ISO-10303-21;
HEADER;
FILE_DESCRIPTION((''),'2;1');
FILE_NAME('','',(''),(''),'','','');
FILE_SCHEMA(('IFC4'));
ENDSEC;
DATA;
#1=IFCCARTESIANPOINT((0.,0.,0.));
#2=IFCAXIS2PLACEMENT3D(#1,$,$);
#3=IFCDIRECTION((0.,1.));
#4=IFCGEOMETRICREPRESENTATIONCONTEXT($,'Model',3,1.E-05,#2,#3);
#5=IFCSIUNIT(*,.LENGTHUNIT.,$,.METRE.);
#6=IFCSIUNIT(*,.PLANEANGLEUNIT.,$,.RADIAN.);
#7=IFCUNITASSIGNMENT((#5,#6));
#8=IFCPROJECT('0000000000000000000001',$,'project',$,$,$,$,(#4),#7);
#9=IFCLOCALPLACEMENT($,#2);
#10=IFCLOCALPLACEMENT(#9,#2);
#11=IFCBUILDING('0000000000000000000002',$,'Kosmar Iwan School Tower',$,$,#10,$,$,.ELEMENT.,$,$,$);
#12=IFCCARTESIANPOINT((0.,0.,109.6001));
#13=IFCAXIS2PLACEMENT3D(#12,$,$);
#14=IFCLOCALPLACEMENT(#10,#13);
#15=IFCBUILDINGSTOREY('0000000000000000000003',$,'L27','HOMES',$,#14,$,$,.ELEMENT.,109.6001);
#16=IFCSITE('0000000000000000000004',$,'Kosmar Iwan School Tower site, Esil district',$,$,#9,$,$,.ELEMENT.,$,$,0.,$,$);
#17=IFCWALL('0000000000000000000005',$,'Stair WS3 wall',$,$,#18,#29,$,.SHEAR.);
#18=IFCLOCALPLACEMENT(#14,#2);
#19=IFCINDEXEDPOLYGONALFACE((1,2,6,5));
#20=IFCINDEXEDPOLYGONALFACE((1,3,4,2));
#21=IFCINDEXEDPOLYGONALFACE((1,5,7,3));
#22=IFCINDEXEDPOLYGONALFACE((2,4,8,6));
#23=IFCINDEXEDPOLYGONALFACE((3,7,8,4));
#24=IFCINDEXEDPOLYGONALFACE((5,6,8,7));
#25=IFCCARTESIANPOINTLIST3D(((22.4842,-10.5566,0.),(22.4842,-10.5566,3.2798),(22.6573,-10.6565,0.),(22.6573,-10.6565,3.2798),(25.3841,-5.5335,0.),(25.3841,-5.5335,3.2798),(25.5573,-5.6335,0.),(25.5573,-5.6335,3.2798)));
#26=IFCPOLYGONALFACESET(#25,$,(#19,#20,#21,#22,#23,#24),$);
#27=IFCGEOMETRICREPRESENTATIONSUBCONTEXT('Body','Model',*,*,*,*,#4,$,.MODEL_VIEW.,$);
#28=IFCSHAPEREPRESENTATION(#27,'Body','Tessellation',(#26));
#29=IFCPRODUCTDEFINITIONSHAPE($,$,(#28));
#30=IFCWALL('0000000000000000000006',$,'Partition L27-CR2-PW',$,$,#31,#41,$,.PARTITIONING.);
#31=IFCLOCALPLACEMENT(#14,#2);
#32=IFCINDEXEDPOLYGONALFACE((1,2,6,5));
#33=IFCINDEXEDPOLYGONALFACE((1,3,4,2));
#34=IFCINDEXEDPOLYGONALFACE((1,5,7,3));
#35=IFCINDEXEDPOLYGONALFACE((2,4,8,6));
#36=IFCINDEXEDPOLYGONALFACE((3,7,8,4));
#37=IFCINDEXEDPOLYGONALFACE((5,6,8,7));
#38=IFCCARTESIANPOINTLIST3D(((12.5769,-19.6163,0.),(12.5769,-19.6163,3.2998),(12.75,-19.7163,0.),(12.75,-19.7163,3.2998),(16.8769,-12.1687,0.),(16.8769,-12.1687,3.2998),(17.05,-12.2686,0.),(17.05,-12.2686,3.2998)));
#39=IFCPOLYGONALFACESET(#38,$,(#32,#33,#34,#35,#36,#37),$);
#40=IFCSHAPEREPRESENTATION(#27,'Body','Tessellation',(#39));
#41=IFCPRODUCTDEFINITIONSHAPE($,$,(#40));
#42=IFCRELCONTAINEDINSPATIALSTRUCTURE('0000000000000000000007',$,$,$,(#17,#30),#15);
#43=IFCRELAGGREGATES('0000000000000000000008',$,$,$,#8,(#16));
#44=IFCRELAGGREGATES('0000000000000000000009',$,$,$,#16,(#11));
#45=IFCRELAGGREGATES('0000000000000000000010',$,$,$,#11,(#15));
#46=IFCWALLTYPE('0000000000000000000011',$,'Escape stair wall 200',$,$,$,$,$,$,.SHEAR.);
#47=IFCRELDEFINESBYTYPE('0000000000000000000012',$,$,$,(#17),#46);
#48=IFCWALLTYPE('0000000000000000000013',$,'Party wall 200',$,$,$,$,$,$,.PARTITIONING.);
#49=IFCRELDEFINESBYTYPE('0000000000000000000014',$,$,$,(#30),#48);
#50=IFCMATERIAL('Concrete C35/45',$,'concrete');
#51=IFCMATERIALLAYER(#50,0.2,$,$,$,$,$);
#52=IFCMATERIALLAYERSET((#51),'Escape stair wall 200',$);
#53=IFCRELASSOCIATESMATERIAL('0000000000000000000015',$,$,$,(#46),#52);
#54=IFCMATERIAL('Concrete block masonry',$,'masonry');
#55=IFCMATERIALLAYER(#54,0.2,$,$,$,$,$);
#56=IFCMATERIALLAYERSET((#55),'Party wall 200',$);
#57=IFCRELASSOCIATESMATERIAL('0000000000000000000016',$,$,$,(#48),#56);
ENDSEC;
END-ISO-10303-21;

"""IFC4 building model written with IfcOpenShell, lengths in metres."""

from ifc_helpers import new_model, si_unit, direction, frame, frame_2d, origin, place, context, subcontext, project, spatial, rectangle, extrude, material, layer, layer_set, type_object, element, save


model = new_model("IFC4")

# Units and contexts
model_context = context("Model", 3, precision=1e-05, world=origin(), true_north=direction((0.0, 1.0)))
body_context = subcontext(model_context, "Body", "Model", "MODEL_VIEW")
ifc_project = project(units=[si_unit("LENGTHUNIT", "METRE"), si_unit("PLANEANGLEUNIT", "RADIAN")], contexts=[model_context])

# Site, building, storey
site_placement = place(None, origin())
site = spatial("IfcSite", under=ifc_project, at=site_placement, Name="Kosmar Iwan School Tower site, Esil district", CompositionType="ELEMENT", RefElevation=0.0)
building_placement = place(site_placement, origin())
building = spatial("IfcBuilding", under=site, at=building_placement, Name="Kosmar Iwan School Tower", CompositionType="ELEMENT")
storey_placement = place(building_placement, frame((0.0, 0.0, 109.6001)))
storey = spatial("IfcBuildingStorey", under=building, at=storey_placement, Name="L27", Description="HOMES", CompositionType="ELEMENT", Elevation=109.6001)

# Walls
ifc_material_1 = material(Name="Concrete C35/45", Category="concrete")
ifc_layer_1 = layer(ifc_material_1, 0.2)
ifc_layer_set_1 = layer_set([ifc_layer_1], Name="Escape stair wall 200")
wall_type_1 = type_object("IfcWallType", Name="Escape stair wall 200", PredefinedType="SHEAR", material=ifc_layer_set_1)
wall_1_placement = place(storey_placement, frame((22.5708, -10.6064, 0.0), z_axis=(0.0, 0.0, 1.0), x_axis=(0.499987, 0.866033, 0.0)))
element("IfcWall", 1, at=wall_1_placement, inside=storey, type_object=wall_type_1, Name="Stair WS3 wall", PredefinedType="SHEAR", context=body_context, shape_type="SweptSolid", body=[
    extrude(rectangle(XDim=5.8, YDim=0.2, at=frame_2d((2.8999, 0.0))), origin(), (0.0, 0.0, 1.0), 3.2798),
])
ifc_material_2 = material(Name="Concrete block masonry", Category="masonry")
ifc_layer_2 = layer(ifc_material_2, 0.2)
ifc_layer_set_2 = layer_set([ifc_layer_2], Name="Party wall 200")
wall_type_2 = type_object("IfcWallType", Name="Party wall 200", PredefinedType="PARTITIONING", material=ifc_layer_set_2)
wall_2_placement = place(storey_placement, frame((16.9634, -12.2188, 0.0), z_axis=(0.0, 0.0, 1.0), x_axis=(-0.500008, -0.866021, 0.0)))
element("IfcWall", 2, at=wall_2_placement, inside=storey, type_object=wall_type_2, Name="Partition L27-CR2-PW", PredefinedType="PARTITIONING", context=body_context, shape_type="SweptSolid", body=[
    extrude(rectangle(XDim=8.5999, YDim=0.2, at=frame_2d((4.2998, 0.0))), origin(), (0.0, 0.0, 1.0), 3.2998),
])

save(model, "model.ifc")
